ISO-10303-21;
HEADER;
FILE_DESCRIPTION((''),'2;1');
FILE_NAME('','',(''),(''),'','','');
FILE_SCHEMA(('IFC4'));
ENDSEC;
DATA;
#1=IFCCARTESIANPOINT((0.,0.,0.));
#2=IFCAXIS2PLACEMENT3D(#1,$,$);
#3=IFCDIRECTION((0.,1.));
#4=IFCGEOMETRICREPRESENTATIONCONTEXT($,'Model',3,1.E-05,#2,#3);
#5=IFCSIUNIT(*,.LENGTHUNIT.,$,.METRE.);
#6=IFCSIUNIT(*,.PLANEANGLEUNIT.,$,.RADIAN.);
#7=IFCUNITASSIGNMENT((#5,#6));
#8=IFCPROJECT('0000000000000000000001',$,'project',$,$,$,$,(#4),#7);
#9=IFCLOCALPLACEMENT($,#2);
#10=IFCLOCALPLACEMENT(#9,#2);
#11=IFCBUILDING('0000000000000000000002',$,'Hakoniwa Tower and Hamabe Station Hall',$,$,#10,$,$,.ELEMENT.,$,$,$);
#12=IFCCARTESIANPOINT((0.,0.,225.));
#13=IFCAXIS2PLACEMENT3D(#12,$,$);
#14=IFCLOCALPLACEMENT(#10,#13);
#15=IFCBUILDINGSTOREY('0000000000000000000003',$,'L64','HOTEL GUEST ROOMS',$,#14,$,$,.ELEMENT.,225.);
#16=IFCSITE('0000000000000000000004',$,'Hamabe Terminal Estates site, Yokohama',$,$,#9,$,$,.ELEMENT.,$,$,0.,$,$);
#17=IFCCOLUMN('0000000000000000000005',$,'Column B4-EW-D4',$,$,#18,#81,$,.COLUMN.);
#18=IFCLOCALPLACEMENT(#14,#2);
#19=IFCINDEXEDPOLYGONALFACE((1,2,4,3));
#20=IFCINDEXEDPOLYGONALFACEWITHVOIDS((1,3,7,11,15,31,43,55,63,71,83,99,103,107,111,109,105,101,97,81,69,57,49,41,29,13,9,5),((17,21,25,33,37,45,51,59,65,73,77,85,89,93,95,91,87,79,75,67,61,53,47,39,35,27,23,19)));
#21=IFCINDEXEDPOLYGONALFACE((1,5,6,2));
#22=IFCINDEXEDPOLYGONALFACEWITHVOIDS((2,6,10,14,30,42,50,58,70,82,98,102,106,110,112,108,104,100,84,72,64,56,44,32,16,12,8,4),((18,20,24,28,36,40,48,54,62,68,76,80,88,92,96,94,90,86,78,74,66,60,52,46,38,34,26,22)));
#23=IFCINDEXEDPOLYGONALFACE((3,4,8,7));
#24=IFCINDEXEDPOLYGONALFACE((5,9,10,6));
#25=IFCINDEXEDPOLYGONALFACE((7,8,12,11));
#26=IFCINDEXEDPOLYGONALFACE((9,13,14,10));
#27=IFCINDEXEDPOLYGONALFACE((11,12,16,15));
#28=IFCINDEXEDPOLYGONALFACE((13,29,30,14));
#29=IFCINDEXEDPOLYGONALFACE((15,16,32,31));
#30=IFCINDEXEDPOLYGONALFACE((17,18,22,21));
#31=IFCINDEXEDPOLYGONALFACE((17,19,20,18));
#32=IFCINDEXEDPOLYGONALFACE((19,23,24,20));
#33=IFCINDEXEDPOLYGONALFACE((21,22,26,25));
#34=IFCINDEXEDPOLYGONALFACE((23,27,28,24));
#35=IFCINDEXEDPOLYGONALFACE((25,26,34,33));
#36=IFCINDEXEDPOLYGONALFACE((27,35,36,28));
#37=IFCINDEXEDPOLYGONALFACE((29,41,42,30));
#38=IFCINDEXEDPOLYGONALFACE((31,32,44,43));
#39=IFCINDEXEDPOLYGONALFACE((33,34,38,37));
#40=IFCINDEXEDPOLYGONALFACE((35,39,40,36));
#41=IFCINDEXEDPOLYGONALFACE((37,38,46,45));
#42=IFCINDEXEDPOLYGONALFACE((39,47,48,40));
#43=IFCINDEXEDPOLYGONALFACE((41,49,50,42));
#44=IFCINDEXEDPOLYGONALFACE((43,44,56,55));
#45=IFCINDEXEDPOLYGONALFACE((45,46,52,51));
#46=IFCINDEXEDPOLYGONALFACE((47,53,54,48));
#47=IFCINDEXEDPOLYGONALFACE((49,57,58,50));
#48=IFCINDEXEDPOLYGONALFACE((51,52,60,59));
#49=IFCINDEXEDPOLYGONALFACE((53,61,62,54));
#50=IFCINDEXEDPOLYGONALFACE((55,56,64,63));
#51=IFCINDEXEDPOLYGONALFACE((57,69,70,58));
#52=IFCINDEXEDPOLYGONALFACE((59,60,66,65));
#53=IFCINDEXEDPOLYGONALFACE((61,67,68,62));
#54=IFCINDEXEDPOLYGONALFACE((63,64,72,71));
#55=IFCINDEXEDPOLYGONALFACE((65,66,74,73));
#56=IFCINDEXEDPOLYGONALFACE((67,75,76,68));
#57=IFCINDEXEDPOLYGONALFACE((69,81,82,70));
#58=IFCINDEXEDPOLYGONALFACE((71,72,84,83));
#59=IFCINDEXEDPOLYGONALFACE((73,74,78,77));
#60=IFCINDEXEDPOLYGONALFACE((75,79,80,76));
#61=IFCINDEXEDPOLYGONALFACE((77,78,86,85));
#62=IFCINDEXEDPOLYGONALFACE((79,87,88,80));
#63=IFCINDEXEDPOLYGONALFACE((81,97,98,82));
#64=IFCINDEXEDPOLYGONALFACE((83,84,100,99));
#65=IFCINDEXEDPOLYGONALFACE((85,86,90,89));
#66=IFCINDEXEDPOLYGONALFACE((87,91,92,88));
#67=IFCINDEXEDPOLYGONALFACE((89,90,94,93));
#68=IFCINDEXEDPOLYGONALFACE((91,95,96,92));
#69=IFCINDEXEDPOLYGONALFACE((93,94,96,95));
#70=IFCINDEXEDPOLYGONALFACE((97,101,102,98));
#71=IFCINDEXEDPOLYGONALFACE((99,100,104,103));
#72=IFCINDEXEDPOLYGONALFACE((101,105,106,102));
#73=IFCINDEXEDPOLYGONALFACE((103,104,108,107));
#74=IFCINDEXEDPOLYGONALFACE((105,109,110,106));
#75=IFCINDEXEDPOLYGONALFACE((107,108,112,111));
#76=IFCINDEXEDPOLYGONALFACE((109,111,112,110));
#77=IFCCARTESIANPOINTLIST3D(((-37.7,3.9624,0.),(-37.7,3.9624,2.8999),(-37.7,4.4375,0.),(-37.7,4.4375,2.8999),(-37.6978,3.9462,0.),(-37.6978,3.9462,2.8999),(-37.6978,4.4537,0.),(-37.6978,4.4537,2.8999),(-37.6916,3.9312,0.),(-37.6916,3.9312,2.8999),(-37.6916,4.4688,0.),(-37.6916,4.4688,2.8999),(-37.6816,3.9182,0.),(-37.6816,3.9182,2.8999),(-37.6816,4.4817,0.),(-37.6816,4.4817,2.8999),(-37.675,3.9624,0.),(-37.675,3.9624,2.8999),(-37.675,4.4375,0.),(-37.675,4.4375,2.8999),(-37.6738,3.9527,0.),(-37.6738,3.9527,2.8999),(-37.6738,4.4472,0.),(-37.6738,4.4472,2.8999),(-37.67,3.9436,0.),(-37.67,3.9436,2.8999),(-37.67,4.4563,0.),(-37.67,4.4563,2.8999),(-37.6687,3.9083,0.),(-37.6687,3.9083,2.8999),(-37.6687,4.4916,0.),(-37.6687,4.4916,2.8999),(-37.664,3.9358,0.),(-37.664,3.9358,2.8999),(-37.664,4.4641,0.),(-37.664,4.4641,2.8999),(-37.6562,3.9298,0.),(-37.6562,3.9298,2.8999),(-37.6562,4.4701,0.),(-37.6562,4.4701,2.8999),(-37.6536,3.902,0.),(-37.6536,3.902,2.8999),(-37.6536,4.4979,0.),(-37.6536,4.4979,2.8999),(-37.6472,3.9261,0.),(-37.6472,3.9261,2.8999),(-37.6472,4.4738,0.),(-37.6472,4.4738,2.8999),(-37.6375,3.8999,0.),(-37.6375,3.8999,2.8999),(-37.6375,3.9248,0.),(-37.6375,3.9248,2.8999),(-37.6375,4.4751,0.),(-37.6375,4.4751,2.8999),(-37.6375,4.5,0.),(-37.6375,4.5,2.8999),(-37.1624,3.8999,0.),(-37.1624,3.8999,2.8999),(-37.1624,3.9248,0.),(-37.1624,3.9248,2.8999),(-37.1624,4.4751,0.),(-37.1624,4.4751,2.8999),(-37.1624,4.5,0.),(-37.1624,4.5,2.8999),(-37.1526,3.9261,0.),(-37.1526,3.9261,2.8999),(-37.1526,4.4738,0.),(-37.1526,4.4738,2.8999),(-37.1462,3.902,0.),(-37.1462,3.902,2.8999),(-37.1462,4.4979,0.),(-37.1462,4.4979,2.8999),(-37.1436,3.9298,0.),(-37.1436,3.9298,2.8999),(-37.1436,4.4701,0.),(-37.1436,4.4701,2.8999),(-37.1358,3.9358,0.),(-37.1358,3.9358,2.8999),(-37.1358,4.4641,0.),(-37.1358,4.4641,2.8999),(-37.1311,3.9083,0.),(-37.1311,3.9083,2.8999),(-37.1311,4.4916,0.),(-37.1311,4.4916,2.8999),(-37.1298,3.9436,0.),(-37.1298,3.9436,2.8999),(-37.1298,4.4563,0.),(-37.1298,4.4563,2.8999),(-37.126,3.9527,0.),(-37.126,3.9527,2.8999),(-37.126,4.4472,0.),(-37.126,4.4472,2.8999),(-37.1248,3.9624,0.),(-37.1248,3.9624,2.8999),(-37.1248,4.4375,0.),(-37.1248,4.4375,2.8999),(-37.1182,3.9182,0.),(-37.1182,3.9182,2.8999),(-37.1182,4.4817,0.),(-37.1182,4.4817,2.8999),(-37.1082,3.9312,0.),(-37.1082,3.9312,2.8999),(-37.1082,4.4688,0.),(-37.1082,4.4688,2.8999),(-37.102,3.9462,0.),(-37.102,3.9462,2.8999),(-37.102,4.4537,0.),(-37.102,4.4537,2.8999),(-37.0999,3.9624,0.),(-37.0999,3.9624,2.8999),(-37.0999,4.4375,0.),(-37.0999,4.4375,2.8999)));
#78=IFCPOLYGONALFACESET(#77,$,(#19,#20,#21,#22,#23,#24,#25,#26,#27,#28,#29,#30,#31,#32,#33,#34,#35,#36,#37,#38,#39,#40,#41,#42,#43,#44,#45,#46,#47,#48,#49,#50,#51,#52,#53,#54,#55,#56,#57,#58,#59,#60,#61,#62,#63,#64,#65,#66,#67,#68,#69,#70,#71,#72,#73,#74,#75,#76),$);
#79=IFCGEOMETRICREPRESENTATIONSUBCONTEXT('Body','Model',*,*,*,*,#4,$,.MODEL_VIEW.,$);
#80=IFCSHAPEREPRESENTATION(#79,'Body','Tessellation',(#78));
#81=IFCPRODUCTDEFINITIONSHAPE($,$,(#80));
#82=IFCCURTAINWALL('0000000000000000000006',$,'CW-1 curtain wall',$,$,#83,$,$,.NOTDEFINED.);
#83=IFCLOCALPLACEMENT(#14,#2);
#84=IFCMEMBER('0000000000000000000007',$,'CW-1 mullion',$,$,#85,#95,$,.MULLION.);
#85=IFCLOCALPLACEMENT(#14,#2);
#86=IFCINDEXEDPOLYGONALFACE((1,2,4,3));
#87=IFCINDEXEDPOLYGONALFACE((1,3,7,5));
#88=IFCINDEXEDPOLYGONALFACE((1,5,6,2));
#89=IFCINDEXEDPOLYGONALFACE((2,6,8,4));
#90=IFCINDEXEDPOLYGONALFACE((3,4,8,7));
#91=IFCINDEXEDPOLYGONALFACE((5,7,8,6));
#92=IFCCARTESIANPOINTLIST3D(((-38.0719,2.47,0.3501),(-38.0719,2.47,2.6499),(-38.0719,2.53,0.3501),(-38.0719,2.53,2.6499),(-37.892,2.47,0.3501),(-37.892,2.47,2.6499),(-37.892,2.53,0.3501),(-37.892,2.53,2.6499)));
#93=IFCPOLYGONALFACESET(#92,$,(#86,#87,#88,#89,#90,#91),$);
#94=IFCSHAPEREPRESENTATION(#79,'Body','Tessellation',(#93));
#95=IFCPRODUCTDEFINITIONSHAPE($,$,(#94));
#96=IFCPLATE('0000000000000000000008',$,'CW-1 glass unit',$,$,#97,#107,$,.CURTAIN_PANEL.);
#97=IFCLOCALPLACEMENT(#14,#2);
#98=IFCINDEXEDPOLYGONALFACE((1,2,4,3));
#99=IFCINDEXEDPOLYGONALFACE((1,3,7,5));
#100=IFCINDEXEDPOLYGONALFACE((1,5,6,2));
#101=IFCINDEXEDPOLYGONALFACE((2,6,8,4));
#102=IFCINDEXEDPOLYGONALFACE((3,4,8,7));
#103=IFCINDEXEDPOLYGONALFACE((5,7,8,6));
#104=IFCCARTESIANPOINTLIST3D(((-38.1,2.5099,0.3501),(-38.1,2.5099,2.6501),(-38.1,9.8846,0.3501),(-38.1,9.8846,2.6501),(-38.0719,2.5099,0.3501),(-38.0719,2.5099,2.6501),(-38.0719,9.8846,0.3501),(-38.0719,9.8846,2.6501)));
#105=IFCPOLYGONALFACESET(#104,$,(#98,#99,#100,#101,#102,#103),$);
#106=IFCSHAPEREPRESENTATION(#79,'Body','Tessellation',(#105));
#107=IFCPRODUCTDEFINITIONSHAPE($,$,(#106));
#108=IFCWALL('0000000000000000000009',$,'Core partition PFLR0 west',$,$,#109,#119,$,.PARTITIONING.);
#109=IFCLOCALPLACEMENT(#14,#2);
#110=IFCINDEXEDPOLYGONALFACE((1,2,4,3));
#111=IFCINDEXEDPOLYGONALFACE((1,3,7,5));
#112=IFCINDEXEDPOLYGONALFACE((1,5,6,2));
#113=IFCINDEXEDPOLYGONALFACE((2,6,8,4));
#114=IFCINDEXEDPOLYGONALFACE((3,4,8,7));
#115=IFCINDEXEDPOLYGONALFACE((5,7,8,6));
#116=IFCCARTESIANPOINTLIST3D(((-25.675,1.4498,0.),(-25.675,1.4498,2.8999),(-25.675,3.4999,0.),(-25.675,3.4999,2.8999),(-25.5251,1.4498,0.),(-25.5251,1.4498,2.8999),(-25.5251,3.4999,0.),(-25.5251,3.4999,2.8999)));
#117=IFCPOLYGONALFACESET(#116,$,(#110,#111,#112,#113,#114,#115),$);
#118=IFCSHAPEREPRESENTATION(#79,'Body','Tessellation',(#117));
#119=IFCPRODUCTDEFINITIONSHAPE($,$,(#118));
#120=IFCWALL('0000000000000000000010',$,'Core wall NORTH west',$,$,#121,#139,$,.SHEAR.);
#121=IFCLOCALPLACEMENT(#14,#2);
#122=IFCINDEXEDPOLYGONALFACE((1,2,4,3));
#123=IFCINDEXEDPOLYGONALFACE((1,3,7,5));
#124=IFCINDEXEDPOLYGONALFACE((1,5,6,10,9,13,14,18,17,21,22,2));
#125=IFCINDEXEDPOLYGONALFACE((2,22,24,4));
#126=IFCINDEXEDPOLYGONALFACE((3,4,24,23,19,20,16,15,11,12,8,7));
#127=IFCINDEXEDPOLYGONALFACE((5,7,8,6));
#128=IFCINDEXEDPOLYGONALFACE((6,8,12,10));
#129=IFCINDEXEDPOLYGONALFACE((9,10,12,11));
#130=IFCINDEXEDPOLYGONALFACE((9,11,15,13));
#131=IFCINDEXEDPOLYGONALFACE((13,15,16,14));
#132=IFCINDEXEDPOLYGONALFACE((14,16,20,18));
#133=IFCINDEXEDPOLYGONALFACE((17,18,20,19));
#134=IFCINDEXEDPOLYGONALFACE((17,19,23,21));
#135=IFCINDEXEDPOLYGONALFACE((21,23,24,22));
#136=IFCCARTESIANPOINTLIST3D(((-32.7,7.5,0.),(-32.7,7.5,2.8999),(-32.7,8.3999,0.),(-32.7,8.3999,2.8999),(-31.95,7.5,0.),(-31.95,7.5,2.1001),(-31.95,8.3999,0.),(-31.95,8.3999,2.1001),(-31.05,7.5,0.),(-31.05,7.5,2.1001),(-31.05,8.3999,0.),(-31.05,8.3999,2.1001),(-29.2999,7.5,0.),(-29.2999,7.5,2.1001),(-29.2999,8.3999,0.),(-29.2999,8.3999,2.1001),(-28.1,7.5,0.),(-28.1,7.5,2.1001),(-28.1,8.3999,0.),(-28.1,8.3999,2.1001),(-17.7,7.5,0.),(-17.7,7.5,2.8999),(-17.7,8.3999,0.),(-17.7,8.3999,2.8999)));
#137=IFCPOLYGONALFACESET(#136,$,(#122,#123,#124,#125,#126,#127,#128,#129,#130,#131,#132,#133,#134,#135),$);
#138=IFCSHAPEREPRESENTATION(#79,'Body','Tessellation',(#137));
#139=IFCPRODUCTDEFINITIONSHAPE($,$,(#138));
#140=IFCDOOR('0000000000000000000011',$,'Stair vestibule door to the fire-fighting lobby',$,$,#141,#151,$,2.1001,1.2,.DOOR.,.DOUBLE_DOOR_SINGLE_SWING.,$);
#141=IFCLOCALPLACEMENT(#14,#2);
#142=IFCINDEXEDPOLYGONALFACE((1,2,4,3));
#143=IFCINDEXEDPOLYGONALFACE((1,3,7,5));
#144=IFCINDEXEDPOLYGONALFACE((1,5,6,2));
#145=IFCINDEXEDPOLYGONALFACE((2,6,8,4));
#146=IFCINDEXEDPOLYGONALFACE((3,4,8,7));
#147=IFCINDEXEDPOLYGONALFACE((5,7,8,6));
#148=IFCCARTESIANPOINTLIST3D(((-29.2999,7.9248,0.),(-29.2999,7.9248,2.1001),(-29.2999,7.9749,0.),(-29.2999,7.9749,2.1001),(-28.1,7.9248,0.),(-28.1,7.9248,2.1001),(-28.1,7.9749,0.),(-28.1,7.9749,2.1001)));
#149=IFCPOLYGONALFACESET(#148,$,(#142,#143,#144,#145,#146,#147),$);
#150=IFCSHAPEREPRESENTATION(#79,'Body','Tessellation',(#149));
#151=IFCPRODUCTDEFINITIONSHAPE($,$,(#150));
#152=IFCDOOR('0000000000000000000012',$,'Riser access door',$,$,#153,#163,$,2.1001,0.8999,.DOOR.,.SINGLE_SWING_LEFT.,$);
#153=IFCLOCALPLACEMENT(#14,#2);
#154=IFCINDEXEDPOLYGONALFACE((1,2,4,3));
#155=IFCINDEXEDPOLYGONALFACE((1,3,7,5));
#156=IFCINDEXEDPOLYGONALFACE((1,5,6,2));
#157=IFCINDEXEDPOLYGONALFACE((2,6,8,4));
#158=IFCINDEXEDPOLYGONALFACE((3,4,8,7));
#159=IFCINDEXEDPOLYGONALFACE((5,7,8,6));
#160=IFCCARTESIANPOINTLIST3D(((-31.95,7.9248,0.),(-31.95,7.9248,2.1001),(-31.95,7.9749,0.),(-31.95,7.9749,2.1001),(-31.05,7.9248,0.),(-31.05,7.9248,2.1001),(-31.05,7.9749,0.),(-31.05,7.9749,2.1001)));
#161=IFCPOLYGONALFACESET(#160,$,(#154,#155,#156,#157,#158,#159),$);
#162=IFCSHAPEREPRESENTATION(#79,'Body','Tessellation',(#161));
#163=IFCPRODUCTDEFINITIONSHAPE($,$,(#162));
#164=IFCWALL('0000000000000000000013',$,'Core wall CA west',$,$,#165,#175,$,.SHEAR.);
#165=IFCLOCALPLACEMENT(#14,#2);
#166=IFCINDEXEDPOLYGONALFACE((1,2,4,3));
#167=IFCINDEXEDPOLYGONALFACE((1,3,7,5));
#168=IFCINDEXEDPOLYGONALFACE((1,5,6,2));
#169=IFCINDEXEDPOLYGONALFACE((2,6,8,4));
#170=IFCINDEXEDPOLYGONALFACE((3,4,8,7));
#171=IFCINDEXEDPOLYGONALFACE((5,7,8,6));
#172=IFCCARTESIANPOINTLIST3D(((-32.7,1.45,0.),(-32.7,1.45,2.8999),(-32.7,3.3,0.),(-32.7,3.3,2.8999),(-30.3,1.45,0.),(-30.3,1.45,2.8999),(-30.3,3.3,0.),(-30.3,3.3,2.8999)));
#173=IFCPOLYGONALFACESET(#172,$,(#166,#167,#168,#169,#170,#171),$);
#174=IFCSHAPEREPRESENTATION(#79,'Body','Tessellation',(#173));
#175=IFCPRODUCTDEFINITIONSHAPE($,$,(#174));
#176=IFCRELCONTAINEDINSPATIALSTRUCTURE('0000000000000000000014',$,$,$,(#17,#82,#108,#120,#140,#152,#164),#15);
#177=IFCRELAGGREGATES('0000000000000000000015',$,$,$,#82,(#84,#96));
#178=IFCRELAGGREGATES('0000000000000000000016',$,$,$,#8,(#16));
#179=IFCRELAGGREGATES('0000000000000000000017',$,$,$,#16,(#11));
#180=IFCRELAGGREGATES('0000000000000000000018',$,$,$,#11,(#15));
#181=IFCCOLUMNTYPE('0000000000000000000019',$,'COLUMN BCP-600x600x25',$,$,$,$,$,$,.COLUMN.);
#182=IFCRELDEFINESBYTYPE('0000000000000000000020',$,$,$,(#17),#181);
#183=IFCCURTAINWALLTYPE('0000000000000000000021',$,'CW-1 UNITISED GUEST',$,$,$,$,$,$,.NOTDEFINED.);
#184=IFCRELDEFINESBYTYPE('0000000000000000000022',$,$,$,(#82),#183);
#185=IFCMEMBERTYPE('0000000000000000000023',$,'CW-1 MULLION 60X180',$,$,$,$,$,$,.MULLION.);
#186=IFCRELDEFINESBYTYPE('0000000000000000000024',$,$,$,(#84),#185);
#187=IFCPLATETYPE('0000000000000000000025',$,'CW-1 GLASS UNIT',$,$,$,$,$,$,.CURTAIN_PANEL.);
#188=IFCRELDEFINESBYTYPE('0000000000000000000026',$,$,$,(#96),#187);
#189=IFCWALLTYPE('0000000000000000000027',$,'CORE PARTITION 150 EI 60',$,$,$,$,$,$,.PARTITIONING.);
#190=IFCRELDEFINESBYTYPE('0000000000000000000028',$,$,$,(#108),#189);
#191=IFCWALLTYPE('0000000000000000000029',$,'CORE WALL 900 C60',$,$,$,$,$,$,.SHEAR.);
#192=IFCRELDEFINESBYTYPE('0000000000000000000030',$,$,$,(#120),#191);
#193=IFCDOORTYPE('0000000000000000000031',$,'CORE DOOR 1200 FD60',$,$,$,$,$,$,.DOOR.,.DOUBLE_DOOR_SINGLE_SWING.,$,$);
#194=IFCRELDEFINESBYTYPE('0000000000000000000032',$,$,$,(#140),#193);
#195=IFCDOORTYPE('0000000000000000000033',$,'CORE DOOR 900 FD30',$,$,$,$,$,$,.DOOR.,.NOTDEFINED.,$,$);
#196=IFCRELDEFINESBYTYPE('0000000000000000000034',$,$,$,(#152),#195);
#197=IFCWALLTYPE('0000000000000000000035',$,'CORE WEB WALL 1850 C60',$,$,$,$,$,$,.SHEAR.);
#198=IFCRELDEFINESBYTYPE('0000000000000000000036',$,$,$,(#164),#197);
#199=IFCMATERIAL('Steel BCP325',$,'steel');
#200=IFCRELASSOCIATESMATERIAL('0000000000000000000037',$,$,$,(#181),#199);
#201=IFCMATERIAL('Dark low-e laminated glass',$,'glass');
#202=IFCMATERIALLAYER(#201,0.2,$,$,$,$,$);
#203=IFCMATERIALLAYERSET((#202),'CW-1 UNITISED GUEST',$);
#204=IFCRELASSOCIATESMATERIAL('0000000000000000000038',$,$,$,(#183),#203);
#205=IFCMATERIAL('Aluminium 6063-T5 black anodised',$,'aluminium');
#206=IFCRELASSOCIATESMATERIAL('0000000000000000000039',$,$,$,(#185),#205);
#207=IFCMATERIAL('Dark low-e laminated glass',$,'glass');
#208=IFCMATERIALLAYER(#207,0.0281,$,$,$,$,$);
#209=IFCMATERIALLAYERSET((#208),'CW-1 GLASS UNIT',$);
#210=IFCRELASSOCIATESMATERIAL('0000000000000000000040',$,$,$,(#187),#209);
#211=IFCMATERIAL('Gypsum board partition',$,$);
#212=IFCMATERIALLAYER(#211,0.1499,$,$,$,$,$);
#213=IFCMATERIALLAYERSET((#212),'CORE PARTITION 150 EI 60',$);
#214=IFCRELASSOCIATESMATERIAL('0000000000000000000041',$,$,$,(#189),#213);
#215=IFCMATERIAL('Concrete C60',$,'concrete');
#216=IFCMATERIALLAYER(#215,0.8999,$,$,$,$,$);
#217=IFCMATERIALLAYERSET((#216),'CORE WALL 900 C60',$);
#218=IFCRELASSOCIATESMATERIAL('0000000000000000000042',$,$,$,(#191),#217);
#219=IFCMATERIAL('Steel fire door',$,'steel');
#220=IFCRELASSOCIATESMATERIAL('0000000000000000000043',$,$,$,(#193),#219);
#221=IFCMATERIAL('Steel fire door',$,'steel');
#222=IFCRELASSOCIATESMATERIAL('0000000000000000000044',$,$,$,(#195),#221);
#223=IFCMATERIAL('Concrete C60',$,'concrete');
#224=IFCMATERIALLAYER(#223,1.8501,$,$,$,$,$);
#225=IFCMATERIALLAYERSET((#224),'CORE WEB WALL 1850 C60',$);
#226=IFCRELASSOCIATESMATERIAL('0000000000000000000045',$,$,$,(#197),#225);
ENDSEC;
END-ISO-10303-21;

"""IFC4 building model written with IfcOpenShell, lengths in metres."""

from ifc_helpers import new_model, si_unit, direction, frame, frame_2d, origin, origin_2d, place, context, subcontext, project, spatial, rectangle, hollow_rectangle, extrude, material, layer, layer_set, material_profile, profile_set, type_object, element, fill, aggregate, save


model = new_model("IFC4")

# Units and contexts
model_context = context("Model", 3, precision=1e-05, world=origin(), true_north=direction((0.0, 1.0)))
body_context = subcontext(model_context, "Body", "Model", "MODEL_VIEW")
ifc_project = project(units=[si_unit("LENGTHUNIT", "METRE"), si_unit("PLANEANGLEUNIT", "RADIAN")], contexts=[model_context])

# Site, building, storey
site_placement = place(None, origin())
site = spatial("IfcSite", under=ifc_project, at=site_placement, Name="Hamabe Terminal Estates site, Yokohama", CompositionType="ELEMENT", RefElevation=0.0)
building_placement = place(site_placement, origin())
building = spatial("IfcBuilding", under=site, at=building_placement, Name="Hakoniwa Tower and Hamabe Station Hall", CompositionType="ELEMENT")
storey_placement = place(building_placement, frame((0.0, 0.0, 225.0)))
storey = spatial("IfcBuildingStorey", under=building, at=storey_placement, Name="L64", Description="HOTEL GUEST ROOMS", CompositionType="ELEMENT", Elevation=225.0)

# Column
ifc_material_1 = material(Name="Steel BCP325", Category="steel")
ifc_material_profile_1 = material_profile(ifc_material_1, hollow_rectangle(XDim=0.6001, YDim=0.6001, WallThickness=0.0249, InnerFilletRadius=0.0376, OuterFilletRadius=0.0625, at=origin_2d()), Name="BCP-600x600x25")
ifc_profile_set_1 = profile_set([ifc_material_profile_1], Name="Steel BCP325")
column_type = type_object("IfcColumnType", Name="COLUMN BCP-600x600x25", PredefinedType="COLUMN", material=ifc_profile_set_1)
column_placement = place(storey_placement, frame((-37.3999, 4.2, 0.0), z_axis=(0.0, 0.0, 1.0), x_axis=(1.0, 0.0, 0.0)))
element("IfcColumn", 1, at=column_placement, inside=storey, type_object=column_type, Name="Column B4-EW-D4", PredefinedType="COLUMN", context=body_context, shape_type="SweptSolid", body=[
    extrude(hollow_rectangle(XDim=0.6001, YDim=0.6001, WallThickness=0.0249, InnerFilletRadius=0.0376, OuterFilletRadius=0.0625, at=origin_2d()), origin(), (0.0, 0.0, 1.0), 2.8999),
])

# Curtain wall, member, plate
ifc_material_2 = material(Name="Dark low-e laminated glass", Category="glass")
ifc_layer_1 = layer(ifc_material_2, 0.2)
ifc_layer_set_1 = layer_set([ifc_layer_1], Name="CW-1 UNITISED GUEST")
curtain_wall_type = type_object("IfcCurtainWallType", Name="CW-1 UNITISED GUEST", PredefinedType="NOTDEFINED", material=ifc_layer_set_1)
curtain_wall_placement = place(storey_placement, origin())
curtain_wall = element("IfcCurtainWall", 2, at=curtain_wall_placement, inside=storey, type_object=curtain_wall_type, Name="CW-1 curtain wall", PredefinedType="NOTDEFINED")
ifc_material_3 = material(Name="Aluminium 6063-T5 black anodised", Category="aluminium")
ifc_material_profile_2 = material_profile(ifc_material_3, rectangle(XDim=0.0601, YDim=0.1799, at=origin_2d()), Name="CW-1 MULLION 60X180")
ifc_profile_set_2 = profile_set([ifc_material_profile_2], Name="Aluminium 6063-T5 black anodised")
member_type = type_object("IfcMemberType", Name="CW-1 MULLION 60X180", PredefinedType="MULLION", material=ifc_profile_set_2)
member_placement = place(storey_placement, frame((-37.9819, 2.5, 0.3501), z_axis=(0.0, 0.0, 1.0), x_axis=(0.0, -1.0, 0.0)))
member = element("IfcMember", 3, at=member_placement, type_object=member_type, Name="CW-1 mullion", PredefinedType="MULLION", context=body_context, shape_type="SweptSolid", body=[
    extrude(rectangle(XDim=0.0601, YDim=0.1799, at=origin_2d()), origin(), (0.0, 0.0, 1.0), 2.2998),
])
ifc_material_4 = material(Name="Dark low-e laminated glass", Category="glass")
ifc_layer_2 = layer(ifc_material_4, 0.0281)
ifc_layer_set_2 = layer_set([ifc_layer_2], Name="CW-1 GLASS UNIT")
plate_type = type_object("IfcPlateType", Name="CW-1 GLASS UNIT", PredefinedType="CURTAIN_PANEL", material=ifc_layer_set_2)
plate_placement = place(storey_placement, frame((-38.0859, 6.1973, 0.3501), z_axis=(0.0, 0.0, 1.0), x_axis=(0.0, -1.0, 0.0)))
plate = element("IfcPlate", 4, at=plate_placement, type_object=plate_type, Name="CW-1 glass unit", PredefinedType="CURTAIN_PANEL", context=body_context, shape_type="SweptSolid", body=[
    extrude(rectangle(XDim=7.3748, YDim=0.0281, at=origin_2d()), origin(), (0.0, 0.0, 1.0), 2.3),
])
aggregate(curtain_wall, [member, plate])

# Wall
ifc_material_5 = material(Name="Gypsum board partition")
ifc_layer_3 = layer(ifc_material_5, 0.1499)
ifc_layer_set_3 = layer_set([ifc_layer_3], Name="CORE PARTITION 150 EI 60")
wall_type_1 = type_object("IfcWallType", Name="CORE PARTITION 150 EI 60", PredefinedType="PARTITIONING", material=ifc_layer_set_3)
wall_1_placement = place(storey_placement, frame((-25.6001, 1.45, 0.0), z_axis=(0.0, 0.0, 1.0), x_axis=(0.0, 1.0, 0.0)))
element("IfcWall", 5, at=wall_1_placement, inside=storey, type_object=wall_type_1, Name="Core partition PFLR0 west", PredefinedType="PARTITIONING", context=body_context, shape_type="SweptSolid", body=[
    extrude(rectangle(XDim=2.05, YDim=0.1499, at=frame_2d((1.0249, 0.0))), origin(), (0.0, 0.0, 1.0), 2.8999),
])

# Wall, openings, doors
ifc_material_6 = material(Name="Concrete C60", Category="concrete")
ifc_layer_4 = layer(ifc_material_6, 0.8999)
ifc_layer_set_4 = layer_set([ifc_layer_4], Name="CORE WALL 900 C60")
wall_type_2 = type_object("IfcWallType", Name="CORE WALL 900 C60", PredefinedType="SHEAR", material=ifc_layer_set_4)
wall_2_placement = place(storey_placement, frame((-32.7, 7.95, 0.0), z_axis=(0.0, 0.0, 1.0), x_axis=(1.0, 0.0, 0.0)))
wall_2 = element("IfcWall", 6, at=wall_2_placement, inside=storey, type_object=wall_type_2, Name="Core wall NORTH west", PredefinedType="SHEAR", context=body_context, shape_type="SweptSolid", body=[
    extrude(rectangle(XDim=15.0, YDim=0.8999, at=frame_2d((7.5, 0.0))), origin(), (0.0, 0.0, 1.0), 2.8999),
])
opening_1_placement = place(wall_2_placement, frame((3.3999, 0.0, 0.0)))
opening_1 = element("IfcOpeningElement", 7, at=opening_1_placement, cuts=wall_2, PredefinedType="OPENING", context=body_context, shape_type="SweptSolid", body=[
    extrude(rectangle(XDim=1.2, YDim=2.1001, at=frame_2d((0.6001, 1.05))), frame((0.0, 0.46, 0.0), z_axis=(0.0, -1.0, 0.0), x_axis=(1.0, 0.0, 0.0)), (0.0, 0.0, 1.0), 0.9199),
])
opening_2_placement = place(wall_2_placement, frame((0.75, 0.0, 0.0)))
opening_2 = element("IfcOpeningElement", 8, at=opening_2_placement, cuts=wall_2, PredefinedType="OPENING", context=body_context, shape_type="SweptSolid", body=[
    extrude(rectangle(XDim=0.8999, YDim=2.1001, at=frame_2d((0.45, 1.05))), frame((0.0, 0.46, 0.0), z_axis=(0.0, -1.0, 0.0), x_axis=(1.0, 0.0, 0.0)), (0.0, 0.0, 1.0), 0.9199),
])
ifc_material_7 = material(Name="Steel fire door", Category="steel")
door_type_1 = type_object("IfcDoorType", Name="CORE DOOR 1200 FD60", OperationType="DOUBLE_DOOR_SINGLE_SWING", PredefinedType="DOOR", material=ifc_material_7)
door_1_placement = place(opening_1_placement, origin())
door_1 = element("IfcDoor", 9, at=door_1_placement, inside=storey, type_object=door_type_1, Name="Stair vestibule door to the fire-fighting lobby", OperationType="DOUBLE_DOOR_SINGLE_SWING", OverallHeight=2.1001, OverallWidth=1.2, PredefinedType="DOOR", context=body_context, shape_type="SweptSolid", body=[
    extrude(rectangle(XDim=1.2, YDim=2.1001, at=frame_2d((0.6001, 1.05))), frame((0.0, 0.0249, 0.0), z_axis=(0.0, -1.0, 0.0), x_axis=(1.0, 0.0, 0.0)), (0.0, 0.0, 1.0), 0.05),
])
fill(opening_1, door_1)
ifc_material_8 = material(Name="Steel fire door", Category="steel")
door_type_2 = type_object("IfcDoorType", Name="CORE DOOR 900 FD30", OperationType="NOTDEFINED", PredefinedType="DOOR", material=ifc_material_8)
door_2_placement = place(opening_2_placement, origin())
door_2 = element("IfcDoor", 10, at=door_2_placement, inside=storey, type_object=door_type_2, Name="Riser access door", OperationType="SINGLE_SWING_LEFT", OverallHeight=2.1001, OverallWidth=0.8999, PredefinedType="DOOR", context=body_context, shape_type="SweptSolid", body=[
    extrude(rectangle(XDim=0.8999, YDim=2.1001, at=frame_2d((0.45, 1.05))), frame((0.0, 0.0249, 0.0), z_axis=(0.0, -1.0, 0.0), x_axis=(1.0, 0.0, 0.0)), (0.0, 0.0, 1.0), 0.05),
])
fill(opening_2, door_2)

# Wall
ifc_material_9 = material(Name="Concrete C60", Category="concrete")
ifc_layer_5 = layer(ifc_material_9, 1.8501)
ifc_layer_set_5 = layer_set([ifc_layer_5], Name="CORE WEB WALL 1850 C60")
wall_type_3 = type_object("IfcWallType", Name="CORE WEB WALL 1850 C60", PredefinedType="SHEAR", material=ifc_layer_set_5)
wall_3_placement = place(storey_placement, frame((-32.7, 2.375, 0.0), z_axis=(0.0, 0.0, 1.0), x_axis=(1.0, 0.0, 0.0)))
element("IfcWall", 11, at=wall_3_placement, inside=storey, type_object=wall_type_3, Name="Core wall CA west", PredefinedType="SHEAR", context=body_context, shape_type="SweptSolid", body=[
    extrude(rectangle(XDim=2.3999, YDim=1.8501, at=frame_2d((1.2, 0.0))), origin(), (0.0, 0.0, 1.0), 2.8999),
])

save(model, "model.ifc")
